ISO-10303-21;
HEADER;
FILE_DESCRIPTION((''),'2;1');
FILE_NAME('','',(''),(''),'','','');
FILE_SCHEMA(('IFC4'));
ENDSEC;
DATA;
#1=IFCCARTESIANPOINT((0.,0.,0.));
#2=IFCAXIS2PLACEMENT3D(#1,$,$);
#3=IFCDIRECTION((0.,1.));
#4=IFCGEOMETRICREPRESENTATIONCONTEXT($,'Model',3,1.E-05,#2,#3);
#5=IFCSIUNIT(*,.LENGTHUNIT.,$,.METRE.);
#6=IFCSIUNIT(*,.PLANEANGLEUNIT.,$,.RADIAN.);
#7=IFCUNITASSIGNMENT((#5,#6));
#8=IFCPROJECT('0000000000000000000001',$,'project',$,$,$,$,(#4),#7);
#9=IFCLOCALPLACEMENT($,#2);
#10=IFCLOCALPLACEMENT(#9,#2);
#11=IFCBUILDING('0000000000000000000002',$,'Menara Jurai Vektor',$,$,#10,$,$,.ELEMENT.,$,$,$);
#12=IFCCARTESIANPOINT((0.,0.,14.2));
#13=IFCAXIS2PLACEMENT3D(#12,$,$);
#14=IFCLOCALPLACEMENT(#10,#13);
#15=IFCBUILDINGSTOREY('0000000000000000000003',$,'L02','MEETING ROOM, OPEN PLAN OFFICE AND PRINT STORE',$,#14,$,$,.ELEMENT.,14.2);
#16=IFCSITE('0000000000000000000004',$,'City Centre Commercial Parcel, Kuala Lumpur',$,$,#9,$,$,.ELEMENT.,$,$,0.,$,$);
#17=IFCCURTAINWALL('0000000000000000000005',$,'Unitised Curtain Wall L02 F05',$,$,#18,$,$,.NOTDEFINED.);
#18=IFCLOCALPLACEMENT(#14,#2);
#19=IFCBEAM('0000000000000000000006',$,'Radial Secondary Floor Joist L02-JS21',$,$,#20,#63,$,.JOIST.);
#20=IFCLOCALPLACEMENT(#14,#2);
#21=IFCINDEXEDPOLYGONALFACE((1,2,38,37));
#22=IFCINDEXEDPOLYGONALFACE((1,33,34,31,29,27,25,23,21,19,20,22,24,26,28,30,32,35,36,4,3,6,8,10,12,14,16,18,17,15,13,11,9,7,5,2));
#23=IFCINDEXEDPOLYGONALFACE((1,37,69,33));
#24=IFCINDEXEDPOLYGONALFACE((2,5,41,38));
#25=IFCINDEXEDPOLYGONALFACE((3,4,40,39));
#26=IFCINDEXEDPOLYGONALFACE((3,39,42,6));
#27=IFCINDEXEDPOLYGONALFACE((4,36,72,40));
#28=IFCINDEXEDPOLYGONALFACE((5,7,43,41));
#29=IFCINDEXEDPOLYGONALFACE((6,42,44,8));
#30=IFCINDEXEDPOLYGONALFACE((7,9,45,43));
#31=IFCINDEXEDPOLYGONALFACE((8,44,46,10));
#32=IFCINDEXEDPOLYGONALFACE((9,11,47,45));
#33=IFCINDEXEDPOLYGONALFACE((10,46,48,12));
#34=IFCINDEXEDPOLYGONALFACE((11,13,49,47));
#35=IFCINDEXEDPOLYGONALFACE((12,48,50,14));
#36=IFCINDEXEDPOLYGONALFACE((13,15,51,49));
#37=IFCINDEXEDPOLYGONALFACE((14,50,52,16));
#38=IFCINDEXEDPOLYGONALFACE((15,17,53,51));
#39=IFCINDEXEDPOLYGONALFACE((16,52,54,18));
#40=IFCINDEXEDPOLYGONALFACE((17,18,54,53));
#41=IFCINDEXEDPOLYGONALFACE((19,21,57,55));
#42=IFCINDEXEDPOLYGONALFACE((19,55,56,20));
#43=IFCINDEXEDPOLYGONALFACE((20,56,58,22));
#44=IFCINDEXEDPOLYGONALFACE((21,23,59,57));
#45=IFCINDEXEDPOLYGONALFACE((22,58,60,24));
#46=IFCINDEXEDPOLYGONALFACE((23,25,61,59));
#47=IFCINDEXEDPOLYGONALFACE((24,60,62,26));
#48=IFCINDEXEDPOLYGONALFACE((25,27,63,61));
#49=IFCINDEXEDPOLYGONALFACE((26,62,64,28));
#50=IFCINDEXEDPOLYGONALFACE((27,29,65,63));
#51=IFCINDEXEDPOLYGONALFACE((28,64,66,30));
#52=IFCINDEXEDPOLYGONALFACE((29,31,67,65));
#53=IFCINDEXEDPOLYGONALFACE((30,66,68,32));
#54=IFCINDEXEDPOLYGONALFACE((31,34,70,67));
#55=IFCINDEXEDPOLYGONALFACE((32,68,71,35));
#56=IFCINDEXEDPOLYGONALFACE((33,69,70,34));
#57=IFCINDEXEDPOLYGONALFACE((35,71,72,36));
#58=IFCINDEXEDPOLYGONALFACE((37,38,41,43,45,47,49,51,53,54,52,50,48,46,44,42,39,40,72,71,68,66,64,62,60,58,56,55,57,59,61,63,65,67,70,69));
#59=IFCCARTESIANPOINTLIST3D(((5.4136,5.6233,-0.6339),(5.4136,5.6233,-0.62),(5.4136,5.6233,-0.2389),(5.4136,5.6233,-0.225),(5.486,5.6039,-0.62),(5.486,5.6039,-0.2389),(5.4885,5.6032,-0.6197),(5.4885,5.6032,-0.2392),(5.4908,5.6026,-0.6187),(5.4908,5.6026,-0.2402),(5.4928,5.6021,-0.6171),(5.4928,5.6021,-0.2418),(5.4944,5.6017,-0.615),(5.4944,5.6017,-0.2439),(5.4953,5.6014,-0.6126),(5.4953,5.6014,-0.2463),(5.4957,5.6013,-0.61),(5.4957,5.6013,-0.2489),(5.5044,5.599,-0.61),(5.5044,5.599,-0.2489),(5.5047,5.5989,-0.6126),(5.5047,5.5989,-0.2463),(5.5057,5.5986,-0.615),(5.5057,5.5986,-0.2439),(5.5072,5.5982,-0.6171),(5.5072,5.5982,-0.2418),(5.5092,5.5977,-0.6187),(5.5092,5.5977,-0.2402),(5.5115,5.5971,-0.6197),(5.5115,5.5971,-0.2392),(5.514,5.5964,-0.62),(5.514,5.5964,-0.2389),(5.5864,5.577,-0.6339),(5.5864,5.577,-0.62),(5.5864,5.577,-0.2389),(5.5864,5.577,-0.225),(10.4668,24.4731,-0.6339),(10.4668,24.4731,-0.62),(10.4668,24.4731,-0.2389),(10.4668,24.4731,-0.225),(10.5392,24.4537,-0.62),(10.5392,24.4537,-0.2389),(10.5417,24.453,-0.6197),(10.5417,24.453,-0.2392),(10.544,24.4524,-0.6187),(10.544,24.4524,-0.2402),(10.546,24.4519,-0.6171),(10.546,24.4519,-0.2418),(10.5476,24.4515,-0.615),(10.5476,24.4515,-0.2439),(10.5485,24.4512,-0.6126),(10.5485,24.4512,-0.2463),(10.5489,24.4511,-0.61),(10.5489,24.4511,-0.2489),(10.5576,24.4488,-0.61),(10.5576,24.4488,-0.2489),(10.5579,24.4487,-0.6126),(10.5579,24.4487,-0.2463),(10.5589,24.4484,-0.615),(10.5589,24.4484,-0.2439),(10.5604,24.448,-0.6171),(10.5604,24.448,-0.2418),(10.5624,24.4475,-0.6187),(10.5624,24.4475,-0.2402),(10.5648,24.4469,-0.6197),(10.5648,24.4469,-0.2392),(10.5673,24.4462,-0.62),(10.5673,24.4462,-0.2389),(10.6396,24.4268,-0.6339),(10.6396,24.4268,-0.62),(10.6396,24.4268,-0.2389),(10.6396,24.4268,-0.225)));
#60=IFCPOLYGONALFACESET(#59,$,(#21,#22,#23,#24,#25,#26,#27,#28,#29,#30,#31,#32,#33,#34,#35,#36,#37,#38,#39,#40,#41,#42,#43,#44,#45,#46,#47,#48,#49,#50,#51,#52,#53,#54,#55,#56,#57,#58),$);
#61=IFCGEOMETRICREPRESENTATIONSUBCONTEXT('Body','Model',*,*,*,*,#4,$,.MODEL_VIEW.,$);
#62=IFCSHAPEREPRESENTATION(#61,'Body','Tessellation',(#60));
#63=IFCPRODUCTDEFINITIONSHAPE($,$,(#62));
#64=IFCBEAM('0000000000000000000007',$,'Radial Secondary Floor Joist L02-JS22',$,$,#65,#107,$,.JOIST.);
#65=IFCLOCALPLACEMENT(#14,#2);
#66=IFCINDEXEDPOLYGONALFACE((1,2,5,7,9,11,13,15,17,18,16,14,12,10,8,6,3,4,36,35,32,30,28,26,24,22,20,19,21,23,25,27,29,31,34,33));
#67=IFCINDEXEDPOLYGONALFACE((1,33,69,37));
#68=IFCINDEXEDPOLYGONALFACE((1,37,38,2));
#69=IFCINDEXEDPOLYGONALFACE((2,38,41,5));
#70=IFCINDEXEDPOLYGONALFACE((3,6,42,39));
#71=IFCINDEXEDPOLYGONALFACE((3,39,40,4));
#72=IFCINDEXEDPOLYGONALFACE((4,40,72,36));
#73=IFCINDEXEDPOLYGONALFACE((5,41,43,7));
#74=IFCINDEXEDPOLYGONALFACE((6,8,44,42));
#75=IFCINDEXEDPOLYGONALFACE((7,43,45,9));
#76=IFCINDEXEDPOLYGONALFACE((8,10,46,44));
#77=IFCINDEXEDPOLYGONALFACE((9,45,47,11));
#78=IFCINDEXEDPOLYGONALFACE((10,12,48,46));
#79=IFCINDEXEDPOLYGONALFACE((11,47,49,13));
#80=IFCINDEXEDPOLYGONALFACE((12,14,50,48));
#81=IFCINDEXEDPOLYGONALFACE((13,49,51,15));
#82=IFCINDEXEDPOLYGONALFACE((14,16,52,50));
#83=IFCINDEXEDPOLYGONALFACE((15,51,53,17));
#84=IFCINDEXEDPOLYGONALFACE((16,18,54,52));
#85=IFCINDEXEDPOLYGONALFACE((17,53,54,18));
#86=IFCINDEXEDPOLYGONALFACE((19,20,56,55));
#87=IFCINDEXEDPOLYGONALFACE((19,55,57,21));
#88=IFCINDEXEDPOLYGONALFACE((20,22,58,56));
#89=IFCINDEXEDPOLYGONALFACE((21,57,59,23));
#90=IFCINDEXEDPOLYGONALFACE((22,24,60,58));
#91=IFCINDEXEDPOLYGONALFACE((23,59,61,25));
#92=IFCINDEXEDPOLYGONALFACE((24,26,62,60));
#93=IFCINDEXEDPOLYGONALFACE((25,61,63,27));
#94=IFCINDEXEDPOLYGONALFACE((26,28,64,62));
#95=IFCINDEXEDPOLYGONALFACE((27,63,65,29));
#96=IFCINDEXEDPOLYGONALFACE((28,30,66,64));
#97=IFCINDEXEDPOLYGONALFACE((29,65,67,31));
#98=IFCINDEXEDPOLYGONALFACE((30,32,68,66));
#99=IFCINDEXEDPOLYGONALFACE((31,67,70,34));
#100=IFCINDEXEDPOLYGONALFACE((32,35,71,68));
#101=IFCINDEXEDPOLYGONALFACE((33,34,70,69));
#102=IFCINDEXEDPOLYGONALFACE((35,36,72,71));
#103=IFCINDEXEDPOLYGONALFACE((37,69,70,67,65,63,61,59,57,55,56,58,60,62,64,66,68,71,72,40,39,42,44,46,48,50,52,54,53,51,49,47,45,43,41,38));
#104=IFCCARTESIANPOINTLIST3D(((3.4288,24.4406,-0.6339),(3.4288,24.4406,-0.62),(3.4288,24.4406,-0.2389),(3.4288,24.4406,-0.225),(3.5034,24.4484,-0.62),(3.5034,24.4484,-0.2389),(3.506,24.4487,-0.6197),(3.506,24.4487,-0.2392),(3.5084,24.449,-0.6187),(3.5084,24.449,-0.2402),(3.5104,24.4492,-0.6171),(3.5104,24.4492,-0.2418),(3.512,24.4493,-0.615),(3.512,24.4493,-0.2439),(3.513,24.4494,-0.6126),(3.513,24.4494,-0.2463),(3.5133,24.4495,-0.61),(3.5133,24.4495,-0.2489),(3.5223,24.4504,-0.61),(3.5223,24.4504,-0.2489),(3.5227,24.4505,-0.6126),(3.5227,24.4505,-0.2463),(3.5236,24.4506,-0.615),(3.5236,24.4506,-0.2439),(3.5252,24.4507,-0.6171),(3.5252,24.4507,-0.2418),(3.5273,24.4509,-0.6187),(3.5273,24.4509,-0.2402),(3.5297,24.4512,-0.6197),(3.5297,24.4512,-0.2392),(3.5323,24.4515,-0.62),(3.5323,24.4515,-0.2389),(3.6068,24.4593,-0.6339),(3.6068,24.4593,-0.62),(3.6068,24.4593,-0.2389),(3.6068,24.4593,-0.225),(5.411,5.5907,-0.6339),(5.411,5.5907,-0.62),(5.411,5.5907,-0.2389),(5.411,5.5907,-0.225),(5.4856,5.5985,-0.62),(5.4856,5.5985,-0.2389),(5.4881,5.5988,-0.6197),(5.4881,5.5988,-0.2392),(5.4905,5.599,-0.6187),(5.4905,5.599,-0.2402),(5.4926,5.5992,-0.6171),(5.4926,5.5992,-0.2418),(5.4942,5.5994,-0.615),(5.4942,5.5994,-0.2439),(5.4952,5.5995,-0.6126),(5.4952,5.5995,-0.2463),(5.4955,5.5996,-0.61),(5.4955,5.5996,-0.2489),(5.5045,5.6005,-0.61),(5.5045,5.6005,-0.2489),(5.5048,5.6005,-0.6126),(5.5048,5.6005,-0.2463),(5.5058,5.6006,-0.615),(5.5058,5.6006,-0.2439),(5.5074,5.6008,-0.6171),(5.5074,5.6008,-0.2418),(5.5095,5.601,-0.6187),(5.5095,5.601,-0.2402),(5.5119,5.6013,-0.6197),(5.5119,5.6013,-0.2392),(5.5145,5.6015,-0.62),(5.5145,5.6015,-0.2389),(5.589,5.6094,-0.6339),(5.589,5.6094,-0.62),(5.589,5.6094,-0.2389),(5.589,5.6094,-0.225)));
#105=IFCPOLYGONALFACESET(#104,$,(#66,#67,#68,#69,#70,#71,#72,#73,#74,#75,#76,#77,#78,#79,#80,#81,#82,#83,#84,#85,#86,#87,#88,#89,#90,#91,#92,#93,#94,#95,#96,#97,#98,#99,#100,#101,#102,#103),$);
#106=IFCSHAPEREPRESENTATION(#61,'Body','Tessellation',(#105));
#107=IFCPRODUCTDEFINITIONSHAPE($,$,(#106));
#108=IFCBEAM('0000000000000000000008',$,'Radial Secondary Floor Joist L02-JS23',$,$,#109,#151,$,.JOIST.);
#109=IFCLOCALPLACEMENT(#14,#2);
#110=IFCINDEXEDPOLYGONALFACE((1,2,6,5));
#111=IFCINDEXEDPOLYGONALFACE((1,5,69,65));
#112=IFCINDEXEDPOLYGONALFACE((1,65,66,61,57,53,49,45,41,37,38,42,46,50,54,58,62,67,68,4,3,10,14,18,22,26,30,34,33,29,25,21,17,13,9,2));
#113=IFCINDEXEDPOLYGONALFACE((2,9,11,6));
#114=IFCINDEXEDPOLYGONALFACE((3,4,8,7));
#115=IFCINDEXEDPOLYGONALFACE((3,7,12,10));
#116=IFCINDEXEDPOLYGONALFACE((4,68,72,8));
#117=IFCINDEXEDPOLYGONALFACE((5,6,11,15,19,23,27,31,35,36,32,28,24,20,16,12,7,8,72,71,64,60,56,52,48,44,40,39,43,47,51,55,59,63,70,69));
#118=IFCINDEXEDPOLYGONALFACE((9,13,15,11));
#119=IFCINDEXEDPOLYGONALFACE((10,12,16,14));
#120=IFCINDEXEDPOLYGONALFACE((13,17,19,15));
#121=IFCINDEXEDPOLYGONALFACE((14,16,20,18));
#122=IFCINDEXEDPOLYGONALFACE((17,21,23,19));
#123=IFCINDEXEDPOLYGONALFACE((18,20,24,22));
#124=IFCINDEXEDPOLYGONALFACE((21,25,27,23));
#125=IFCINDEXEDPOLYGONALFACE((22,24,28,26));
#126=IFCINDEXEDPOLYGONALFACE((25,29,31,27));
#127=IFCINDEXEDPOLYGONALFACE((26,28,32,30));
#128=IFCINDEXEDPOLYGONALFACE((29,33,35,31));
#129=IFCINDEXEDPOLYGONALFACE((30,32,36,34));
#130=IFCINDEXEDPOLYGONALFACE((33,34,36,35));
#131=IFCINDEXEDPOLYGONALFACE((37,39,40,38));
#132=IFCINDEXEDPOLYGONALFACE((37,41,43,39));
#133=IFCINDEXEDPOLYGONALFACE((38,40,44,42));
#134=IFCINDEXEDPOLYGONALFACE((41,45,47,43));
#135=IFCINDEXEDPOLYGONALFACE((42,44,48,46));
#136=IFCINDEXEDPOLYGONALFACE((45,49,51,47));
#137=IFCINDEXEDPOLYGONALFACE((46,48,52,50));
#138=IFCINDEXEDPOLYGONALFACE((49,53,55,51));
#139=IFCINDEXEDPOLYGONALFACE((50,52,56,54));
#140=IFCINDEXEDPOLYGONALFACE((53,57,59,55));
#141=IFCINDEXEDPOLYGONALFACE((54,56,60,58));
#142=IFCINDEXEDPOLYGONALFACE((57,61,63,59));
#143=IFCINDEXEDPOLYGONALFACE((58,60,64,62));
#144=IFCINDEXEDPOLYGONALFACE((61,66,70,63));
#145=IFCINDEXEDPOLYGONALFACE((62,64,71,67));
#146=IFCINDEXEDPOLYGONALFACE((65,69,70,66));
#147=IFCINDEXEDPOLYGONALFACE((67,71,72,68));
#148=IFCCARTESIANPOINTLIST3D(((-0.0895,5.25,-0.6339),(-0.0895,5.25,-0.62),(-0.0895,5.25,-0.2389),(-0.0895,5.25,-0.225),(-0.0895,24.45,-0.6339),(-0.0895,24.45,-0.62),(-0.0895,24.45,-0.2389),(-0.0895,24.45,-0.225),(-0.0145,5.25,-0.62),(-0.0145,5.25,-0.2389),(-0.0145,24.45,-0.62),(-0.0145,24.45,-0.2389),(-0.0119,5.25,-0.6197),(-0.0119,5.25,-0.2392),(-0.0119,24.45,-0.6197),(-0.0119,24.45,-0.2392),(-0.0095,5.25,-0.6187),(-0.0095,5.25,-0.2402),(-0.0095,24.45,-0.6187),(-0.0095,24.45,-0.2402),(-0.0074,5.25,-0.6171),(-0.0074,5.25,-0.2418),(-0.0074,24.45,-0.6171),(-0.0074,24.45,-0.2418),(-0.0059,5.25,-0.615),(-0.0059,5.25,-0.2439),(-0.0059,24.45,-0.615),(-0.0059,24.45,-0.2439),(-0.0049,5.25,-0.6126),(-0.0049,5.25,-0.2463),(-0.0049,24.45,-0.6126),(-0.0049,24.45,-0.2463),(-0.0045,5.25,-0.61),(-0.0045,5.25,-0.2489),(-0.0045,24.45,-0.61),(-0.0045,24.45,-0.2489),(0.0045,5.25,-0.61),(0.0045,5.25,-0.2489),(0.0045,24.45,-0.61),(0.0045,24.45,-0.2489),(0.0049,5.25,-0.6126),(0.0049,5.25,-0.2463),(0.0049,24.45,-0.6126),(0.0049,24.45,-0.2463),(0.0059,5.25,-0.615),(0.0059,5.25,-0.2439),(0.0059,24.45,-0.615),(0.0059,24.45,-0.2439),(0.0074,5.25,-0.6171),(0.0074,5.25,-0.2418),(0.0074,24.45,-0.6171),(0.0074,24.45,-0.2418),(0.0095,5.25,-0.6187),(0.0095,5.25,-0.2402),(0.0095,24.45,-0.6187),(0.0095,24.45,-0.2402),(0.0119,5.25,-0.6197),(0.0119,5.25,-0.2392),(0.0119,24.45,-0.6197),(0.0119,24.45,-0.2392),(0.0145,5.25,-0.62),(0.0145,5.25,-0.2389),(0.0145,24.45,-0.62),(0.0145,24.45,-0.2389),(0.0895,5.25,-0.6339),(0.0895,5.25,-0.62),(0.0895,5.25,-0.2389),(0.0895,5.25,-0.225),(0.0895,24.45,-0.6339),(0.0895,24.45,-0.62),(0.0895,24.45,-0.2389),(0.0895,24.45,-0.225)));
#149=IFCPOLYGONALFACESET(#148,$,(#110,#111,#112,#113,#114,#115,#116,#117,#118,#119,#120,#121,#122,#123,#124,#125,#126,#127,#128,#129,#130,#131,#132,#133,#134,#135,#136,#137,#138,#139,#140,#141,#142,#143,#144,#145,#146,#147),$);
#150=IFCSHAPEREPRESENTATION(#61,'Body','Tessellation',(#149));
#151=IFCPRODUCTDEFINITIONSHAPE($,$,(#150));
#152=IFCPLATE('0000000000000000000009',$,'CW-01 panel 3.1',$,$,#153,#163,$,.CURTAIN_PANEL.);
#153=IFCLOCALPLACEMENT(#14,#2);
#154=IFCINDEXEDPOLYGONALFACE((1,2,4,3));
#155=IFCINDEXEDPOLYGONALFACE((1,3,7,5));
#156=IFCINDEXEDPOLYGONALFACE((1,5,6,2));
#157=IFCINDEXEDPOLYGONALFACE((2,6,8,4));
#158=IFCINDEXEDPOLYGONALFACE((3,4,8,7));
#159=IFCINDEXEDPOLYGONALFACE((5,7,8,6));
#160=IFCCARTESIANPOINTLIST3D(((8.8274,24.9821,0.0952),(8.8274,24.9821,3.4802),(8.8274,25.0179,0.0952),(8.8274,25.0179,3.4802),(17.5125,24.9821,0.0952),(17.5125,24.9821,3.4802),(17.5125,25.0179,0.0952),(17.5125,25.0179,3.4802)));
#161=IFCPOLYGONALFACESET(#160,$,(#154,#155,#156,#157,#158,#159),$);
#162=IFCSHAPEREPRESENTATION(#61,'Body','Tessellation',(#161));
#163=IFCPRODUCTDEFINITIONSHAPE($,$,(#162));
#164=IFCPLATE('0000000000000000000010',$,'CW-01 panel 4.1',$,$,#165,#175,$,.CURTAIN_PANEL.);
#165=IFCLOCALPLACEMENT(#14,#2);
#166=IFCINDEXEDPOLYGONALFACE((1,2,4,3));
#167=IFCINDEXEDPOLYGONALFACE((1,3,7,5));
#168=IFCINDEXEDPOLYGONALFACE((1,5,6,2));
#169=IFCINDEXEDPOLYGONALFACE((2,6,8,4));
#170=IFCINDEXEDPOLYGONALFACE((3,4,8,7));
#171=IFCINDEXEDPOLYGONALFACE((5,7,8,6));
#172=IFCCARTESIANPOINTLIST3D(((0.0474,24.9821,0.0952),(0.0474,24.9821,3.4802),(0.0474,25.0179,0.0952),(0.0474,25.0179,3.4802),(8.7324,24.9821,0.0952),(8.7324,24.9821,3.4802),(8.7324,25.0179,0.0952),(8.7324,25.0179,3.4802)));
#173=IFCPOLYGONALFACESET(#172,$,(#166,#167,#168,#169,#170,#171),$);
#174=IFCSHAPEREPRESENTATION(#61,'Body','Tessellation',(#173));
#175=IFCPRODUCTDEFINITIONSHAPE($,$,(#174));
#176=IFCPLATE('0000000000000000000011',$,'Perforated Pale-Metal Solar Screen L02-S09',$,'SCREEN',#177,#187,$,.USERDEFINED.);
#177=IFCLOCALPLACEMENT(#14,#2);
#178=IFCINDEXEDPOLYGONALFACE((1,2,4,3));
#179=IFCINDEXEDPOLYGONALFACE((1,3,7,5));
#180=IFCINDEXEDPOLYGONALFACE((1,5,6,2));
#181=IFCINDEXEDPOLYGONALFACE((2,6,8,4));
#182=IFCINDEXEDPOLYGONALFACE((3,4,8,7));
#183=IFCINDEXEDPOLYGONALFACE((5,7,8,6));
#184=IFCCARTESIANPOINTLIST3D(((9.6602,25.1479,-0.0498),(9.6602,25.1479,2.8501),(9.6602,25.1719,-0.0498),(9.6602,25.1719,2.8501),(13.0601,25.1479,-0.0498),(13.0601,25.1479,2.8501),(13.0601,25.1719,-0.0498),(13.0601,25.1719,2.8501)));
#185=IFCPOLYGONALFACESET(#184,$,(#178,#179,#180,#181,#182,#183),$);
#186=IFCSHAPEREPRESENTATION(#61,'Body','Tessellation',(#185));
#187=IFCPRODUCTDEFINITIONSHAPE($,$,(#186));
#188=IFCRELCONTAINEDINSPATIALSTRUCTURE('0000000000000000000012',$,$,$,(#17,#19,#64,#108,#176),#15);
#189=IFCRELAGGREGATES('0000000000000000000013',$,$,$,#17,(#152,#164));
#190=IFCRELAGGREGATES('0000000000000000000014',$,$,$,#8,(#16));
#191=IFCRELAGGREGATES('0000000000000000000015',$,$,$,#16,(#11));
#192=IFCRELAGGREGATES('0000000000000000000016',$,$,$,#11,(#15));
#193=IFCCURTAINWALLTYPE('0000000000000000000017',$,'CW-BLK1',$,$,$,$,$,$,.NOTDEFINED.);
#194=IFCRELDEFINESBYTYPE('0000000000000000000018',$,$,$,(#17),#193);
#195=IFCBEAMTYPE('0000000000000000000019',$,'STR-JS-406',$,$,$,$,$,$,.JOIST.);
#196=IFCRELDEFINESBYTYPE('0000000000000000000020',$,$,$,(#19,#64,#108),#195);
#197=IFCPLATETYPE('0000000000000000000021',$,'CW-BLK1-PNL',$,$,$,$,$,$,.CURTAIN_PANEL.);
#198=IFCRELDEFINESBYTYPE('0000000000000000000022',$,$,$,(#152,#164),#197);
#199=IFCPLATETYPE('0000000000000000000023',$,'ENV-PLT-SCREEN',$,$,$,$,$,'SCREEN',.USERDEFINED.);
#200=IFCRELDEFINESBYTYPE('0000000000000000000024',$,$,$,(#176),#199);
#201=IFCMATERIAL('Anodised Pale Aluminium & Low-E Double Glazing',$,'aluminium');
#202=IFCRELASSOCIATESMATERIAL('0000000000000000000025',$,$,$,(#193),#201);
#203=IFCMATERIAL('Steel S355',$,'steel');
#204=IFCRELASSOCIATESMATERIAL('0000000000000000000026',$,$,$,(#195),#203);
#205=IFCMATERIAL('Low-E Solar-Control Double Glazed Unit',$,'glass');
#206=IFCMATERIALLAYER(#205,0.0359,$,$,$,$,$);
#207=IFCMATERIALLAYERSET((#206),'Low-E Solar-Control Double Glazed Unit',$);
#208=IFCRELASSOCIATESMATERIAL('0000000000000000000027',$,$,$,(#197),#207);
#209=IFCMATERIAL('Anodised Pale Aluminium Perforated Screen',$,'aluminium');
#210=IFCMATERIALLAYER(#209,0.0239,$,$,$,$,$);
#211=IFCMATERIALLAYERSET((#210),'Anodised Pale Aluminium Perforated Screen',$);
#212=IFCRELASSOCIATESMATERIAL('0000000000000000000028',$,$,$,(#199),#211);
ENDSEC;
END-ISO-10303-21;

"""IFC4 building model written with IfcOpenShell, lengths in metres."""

from ifc_helpers import new_model, si_unit, direction, frame, origin, origin_2d, place, context, subcontext, project, spatial, rectangle, i_section, extrude, material, layer, layer_set, material_profile, profile_set, type_object, element, aggregate, save


model = new_model("IFC4")

# Units and contexts
model_context = context("Model", 3, precision=1e-05, world=origin(), true_north=direction((0.0, 1.0)))
body_context = subcontext(model_context, "Body", "Model", "MODEL_VIEW")
ifc_project = project(units=[si_unit("LENGTHUNIT", "METRE"), si_unit("PLANEANGLEUNIT", "RADIAN")], contexts=[model_context])

# Site, building, storey
site_placement = place(None, origin())
site = spatial("IfcSite", under=ifc_project, at=site_placement, Name="City Centre Commercial Parcel, Kuala Lumpur", CompositionType="ELEMENT", RefElevation=0.0)
building_placement = place(site_placement, origin())
building = spatial("IfcBuilding", under=site, at=building_placement, Name="Menara Jurai Vektor", CompositionType="ELEMENT")
storey_placement = place(building_placement, frame((0.0, 0.0, 14.2)))
storey = spatial("IfcBuildingStorey", under=building, at=storey_placement, Name="L02", Description="MEETING ROOM, OPEN PLAN OFFICE AND PRINT STORE", CompositionType="ELEMENT", Elevation=14.2)

# Shared definitions
ifc_material_1 = material(Name="Steel S355", Category="steel")

# Curtain wall
ifc_material_2 = material(Name="Anodised Pale Aluminium & Low-E Double Glazing", Category="aluminium")
curtain_wall_type = type_object("IfcCurtainWallType", Name="CW-BLK1", PredefinedType="NOTDEFINED", material=ifc_material_2)
curtain_wall_placement = place(storey_placement, origin())
curtain_wall = element("IfcCurtainWall", 1, at=curtain_wall_placement, inside=storey, type_object=curtain_wall_type, Name="Unitised Curtain Wall L02 F05", PredefinedType="NOTDEFINED")

# Beams
ifc_material_profile_1 = material_profile(ifc_material_1, i_section(OverallWidth=0.179, OverallDepth=0.4089, WebThickness=0.009, FlangeThickness=0.0139, FilletRadius=0.01, at=origin_2d()), Name="UKB 406x178x67")
ifc_profile_set_1 = profile_set([ifc_material_profile_1], Name="Steel S355")
beam_type_1 = type_object("IfcBeamType", Name="STR-JS-406", PredefinedType="JOIST", material=ifc_profile_set_1)
beam_1_placement = place(storey_placement, frame((10.5532, 24.45, -0.4294), z_axis=(-0.258935, -0.965895, 0.0), x_axis=(0.965895, -0.258935, 0.0)))
element("IfcBeam", 2, at=beam_1_placement, inside=storey, type_object=beam_type_1, Name="Radial Secondary Floor Joist L02-JS21", PredefinedType="JOIST", context=body_context, shape_type="SweptSolid", body=[
    extrude(i_section(OverallWidth=0.179, OverallDepth=0.4089, WebThickness=0.009, FlangeThickness=0.0139, FilletRadius=0.01, at=origin_2d()), origin(), (0.0, 0.0, 1.0), 19.5154),
])
beam_2_placement = place(storey_placement, frame((3.5178, 24.45, -0.4294), z_axis=(0.10458, -0.994517, 0.0), x_axis=(0.994517, 0.10458, 0.0)))
element("IfcBeam", 3, at=beam_2_placement, inside=storey, type_object=beam_type_1, Name="Radial Secondary Floor Joist L02-JS22", PredefinedType="JOIST", context=body_context, shape_type="SweptSolid", body=[
    extrude(i_section(OverallWidth=0.179, OverallDepth=0.4089, WebThickness=0.009, FlangeThickness=0.0139, FilletRadius=0.01, at=origin_2d()), origin(), (0.0, 0.0, 1.0), 18.9539),
])
beam_3_placement = place(storey_placement, frame((0.0, 24.45, -0.4294), z_axis=(0.0, -1.0, 0.0), x_axis=(1.0, 0.0, 0.0)))
element("IfcBeam", 4, at=beam_3_placement, inside=storey, type_object=beam_type_1, Name="Radial Secondary Floor Joist L02-JS23", PredefinedType="JOIST", context=body_context, shape_type="SweptSolid", body=[
    extrude(i_section(OverallWidth=0.179, OverallDepth=0.4089, WebThickness=0.009, FlangeThickness=0.0139, FilletRadius=0.01, at=origin_2d()), origin(), (0.0, 0.0, 1.0), 19.2),
])

# Plates
ifc_material_3 = material(Name="Low-E Solar-Control Double Glazed Unit", Category="glass")
ifc_layer_1 = layer(ifc_material_3, 0.0359)
ifc_layer_set_1 = layer_set([ifc_layer_1], Name="Low-E Solar-Control Double Glazed Unit")
plate_type_1 = type_object("IfcPlateType", Name="CW-BLK1-PNL", PredefinedType="CURTAIN_PANEL", material=ifc_layer_set_1)
plate_1_placement = place(storey_placement, frame((13.1699, 25.0, 0.0952), z_axis=(0.0, 0.0, 1.0), x_axis=(-1.0, 0.0, 0.0)))
plate_1 = element("IfcPlate", 5, at=plate_1_placement, type_object=plate_type_1, Name="CW-01 panel 3.1", PredefinedType="CURTAIN_PANEL", context=body_context, shape_type="SweptSolid", body=[
    extrude(rectangle(XDim=8.6851, YDim=0.0359, at=origin_2d()), origin(), (0.0, 0.0, 1.0), 3.385),
])
plate_2_placement = place(storey_placement, frame((4.3899, 25.0, 0.0952), z_axis=(0.0, 0.0, 1.0), x_axis=(-1.0, 0.0, 0.0)))
plate_2 = element("IfcPlate", 6, at=plate_2_placement, type_object=plate_type_1, Name="CW-01 panel 4.1", PredefinedType="CURTAIN_PANEL", context=body_context, shape_type="SweptSolid", body=[
    extrude(rectangle(XDim=8.6851, YDim=0.0359, at=origin_2d()), origin(), (0.0, 0.0, 1.0), 3.385),
])
aggregate(curtain_wall, [plate_1, plate_2])
ifc_material_4 = material(Name="Anodised Pale Aluminium Perforated Screen", Category="aluminium")
ifc_layer_2 = layer(ifc_material_4, 0.0239)
ifc_layer_set_2 = layer_set([ifc_layer_2], Name="Anodised Pale Aluminium Perforated Screen")
plate_type_2 = type_object("IfcPlateType", Name="ENV-PLT-SCREEN", ElementType="SCREEN", PredefinedType="USERDEFINED", material=ifc_layer_set_2)
plate_3_placement = place(storey_placement, frame((11.3601, 25.1599, -0.0498), z_axis=(0.0, 0.0, 1.0), x_axis=(-1.0, 0.0, 0.0)))
element("IfcPlate", 7, at=plate_3_placement, inside=storey, type_object=plate_type_2, Name="Perforated Pale-Metal Solar Screen L02-S09", ObjectType="SCREEN", PredefinedType="USERDEFINED", context=body_context, shape_type="SweptSolid", body=[
    extrude(rectangle(XDim=3.3999, YDim=0.0239, at=origin_2d()), origin(), (0.0, 0.0, 1.0), 2.8999),
])

save(model, "model.ifc")
